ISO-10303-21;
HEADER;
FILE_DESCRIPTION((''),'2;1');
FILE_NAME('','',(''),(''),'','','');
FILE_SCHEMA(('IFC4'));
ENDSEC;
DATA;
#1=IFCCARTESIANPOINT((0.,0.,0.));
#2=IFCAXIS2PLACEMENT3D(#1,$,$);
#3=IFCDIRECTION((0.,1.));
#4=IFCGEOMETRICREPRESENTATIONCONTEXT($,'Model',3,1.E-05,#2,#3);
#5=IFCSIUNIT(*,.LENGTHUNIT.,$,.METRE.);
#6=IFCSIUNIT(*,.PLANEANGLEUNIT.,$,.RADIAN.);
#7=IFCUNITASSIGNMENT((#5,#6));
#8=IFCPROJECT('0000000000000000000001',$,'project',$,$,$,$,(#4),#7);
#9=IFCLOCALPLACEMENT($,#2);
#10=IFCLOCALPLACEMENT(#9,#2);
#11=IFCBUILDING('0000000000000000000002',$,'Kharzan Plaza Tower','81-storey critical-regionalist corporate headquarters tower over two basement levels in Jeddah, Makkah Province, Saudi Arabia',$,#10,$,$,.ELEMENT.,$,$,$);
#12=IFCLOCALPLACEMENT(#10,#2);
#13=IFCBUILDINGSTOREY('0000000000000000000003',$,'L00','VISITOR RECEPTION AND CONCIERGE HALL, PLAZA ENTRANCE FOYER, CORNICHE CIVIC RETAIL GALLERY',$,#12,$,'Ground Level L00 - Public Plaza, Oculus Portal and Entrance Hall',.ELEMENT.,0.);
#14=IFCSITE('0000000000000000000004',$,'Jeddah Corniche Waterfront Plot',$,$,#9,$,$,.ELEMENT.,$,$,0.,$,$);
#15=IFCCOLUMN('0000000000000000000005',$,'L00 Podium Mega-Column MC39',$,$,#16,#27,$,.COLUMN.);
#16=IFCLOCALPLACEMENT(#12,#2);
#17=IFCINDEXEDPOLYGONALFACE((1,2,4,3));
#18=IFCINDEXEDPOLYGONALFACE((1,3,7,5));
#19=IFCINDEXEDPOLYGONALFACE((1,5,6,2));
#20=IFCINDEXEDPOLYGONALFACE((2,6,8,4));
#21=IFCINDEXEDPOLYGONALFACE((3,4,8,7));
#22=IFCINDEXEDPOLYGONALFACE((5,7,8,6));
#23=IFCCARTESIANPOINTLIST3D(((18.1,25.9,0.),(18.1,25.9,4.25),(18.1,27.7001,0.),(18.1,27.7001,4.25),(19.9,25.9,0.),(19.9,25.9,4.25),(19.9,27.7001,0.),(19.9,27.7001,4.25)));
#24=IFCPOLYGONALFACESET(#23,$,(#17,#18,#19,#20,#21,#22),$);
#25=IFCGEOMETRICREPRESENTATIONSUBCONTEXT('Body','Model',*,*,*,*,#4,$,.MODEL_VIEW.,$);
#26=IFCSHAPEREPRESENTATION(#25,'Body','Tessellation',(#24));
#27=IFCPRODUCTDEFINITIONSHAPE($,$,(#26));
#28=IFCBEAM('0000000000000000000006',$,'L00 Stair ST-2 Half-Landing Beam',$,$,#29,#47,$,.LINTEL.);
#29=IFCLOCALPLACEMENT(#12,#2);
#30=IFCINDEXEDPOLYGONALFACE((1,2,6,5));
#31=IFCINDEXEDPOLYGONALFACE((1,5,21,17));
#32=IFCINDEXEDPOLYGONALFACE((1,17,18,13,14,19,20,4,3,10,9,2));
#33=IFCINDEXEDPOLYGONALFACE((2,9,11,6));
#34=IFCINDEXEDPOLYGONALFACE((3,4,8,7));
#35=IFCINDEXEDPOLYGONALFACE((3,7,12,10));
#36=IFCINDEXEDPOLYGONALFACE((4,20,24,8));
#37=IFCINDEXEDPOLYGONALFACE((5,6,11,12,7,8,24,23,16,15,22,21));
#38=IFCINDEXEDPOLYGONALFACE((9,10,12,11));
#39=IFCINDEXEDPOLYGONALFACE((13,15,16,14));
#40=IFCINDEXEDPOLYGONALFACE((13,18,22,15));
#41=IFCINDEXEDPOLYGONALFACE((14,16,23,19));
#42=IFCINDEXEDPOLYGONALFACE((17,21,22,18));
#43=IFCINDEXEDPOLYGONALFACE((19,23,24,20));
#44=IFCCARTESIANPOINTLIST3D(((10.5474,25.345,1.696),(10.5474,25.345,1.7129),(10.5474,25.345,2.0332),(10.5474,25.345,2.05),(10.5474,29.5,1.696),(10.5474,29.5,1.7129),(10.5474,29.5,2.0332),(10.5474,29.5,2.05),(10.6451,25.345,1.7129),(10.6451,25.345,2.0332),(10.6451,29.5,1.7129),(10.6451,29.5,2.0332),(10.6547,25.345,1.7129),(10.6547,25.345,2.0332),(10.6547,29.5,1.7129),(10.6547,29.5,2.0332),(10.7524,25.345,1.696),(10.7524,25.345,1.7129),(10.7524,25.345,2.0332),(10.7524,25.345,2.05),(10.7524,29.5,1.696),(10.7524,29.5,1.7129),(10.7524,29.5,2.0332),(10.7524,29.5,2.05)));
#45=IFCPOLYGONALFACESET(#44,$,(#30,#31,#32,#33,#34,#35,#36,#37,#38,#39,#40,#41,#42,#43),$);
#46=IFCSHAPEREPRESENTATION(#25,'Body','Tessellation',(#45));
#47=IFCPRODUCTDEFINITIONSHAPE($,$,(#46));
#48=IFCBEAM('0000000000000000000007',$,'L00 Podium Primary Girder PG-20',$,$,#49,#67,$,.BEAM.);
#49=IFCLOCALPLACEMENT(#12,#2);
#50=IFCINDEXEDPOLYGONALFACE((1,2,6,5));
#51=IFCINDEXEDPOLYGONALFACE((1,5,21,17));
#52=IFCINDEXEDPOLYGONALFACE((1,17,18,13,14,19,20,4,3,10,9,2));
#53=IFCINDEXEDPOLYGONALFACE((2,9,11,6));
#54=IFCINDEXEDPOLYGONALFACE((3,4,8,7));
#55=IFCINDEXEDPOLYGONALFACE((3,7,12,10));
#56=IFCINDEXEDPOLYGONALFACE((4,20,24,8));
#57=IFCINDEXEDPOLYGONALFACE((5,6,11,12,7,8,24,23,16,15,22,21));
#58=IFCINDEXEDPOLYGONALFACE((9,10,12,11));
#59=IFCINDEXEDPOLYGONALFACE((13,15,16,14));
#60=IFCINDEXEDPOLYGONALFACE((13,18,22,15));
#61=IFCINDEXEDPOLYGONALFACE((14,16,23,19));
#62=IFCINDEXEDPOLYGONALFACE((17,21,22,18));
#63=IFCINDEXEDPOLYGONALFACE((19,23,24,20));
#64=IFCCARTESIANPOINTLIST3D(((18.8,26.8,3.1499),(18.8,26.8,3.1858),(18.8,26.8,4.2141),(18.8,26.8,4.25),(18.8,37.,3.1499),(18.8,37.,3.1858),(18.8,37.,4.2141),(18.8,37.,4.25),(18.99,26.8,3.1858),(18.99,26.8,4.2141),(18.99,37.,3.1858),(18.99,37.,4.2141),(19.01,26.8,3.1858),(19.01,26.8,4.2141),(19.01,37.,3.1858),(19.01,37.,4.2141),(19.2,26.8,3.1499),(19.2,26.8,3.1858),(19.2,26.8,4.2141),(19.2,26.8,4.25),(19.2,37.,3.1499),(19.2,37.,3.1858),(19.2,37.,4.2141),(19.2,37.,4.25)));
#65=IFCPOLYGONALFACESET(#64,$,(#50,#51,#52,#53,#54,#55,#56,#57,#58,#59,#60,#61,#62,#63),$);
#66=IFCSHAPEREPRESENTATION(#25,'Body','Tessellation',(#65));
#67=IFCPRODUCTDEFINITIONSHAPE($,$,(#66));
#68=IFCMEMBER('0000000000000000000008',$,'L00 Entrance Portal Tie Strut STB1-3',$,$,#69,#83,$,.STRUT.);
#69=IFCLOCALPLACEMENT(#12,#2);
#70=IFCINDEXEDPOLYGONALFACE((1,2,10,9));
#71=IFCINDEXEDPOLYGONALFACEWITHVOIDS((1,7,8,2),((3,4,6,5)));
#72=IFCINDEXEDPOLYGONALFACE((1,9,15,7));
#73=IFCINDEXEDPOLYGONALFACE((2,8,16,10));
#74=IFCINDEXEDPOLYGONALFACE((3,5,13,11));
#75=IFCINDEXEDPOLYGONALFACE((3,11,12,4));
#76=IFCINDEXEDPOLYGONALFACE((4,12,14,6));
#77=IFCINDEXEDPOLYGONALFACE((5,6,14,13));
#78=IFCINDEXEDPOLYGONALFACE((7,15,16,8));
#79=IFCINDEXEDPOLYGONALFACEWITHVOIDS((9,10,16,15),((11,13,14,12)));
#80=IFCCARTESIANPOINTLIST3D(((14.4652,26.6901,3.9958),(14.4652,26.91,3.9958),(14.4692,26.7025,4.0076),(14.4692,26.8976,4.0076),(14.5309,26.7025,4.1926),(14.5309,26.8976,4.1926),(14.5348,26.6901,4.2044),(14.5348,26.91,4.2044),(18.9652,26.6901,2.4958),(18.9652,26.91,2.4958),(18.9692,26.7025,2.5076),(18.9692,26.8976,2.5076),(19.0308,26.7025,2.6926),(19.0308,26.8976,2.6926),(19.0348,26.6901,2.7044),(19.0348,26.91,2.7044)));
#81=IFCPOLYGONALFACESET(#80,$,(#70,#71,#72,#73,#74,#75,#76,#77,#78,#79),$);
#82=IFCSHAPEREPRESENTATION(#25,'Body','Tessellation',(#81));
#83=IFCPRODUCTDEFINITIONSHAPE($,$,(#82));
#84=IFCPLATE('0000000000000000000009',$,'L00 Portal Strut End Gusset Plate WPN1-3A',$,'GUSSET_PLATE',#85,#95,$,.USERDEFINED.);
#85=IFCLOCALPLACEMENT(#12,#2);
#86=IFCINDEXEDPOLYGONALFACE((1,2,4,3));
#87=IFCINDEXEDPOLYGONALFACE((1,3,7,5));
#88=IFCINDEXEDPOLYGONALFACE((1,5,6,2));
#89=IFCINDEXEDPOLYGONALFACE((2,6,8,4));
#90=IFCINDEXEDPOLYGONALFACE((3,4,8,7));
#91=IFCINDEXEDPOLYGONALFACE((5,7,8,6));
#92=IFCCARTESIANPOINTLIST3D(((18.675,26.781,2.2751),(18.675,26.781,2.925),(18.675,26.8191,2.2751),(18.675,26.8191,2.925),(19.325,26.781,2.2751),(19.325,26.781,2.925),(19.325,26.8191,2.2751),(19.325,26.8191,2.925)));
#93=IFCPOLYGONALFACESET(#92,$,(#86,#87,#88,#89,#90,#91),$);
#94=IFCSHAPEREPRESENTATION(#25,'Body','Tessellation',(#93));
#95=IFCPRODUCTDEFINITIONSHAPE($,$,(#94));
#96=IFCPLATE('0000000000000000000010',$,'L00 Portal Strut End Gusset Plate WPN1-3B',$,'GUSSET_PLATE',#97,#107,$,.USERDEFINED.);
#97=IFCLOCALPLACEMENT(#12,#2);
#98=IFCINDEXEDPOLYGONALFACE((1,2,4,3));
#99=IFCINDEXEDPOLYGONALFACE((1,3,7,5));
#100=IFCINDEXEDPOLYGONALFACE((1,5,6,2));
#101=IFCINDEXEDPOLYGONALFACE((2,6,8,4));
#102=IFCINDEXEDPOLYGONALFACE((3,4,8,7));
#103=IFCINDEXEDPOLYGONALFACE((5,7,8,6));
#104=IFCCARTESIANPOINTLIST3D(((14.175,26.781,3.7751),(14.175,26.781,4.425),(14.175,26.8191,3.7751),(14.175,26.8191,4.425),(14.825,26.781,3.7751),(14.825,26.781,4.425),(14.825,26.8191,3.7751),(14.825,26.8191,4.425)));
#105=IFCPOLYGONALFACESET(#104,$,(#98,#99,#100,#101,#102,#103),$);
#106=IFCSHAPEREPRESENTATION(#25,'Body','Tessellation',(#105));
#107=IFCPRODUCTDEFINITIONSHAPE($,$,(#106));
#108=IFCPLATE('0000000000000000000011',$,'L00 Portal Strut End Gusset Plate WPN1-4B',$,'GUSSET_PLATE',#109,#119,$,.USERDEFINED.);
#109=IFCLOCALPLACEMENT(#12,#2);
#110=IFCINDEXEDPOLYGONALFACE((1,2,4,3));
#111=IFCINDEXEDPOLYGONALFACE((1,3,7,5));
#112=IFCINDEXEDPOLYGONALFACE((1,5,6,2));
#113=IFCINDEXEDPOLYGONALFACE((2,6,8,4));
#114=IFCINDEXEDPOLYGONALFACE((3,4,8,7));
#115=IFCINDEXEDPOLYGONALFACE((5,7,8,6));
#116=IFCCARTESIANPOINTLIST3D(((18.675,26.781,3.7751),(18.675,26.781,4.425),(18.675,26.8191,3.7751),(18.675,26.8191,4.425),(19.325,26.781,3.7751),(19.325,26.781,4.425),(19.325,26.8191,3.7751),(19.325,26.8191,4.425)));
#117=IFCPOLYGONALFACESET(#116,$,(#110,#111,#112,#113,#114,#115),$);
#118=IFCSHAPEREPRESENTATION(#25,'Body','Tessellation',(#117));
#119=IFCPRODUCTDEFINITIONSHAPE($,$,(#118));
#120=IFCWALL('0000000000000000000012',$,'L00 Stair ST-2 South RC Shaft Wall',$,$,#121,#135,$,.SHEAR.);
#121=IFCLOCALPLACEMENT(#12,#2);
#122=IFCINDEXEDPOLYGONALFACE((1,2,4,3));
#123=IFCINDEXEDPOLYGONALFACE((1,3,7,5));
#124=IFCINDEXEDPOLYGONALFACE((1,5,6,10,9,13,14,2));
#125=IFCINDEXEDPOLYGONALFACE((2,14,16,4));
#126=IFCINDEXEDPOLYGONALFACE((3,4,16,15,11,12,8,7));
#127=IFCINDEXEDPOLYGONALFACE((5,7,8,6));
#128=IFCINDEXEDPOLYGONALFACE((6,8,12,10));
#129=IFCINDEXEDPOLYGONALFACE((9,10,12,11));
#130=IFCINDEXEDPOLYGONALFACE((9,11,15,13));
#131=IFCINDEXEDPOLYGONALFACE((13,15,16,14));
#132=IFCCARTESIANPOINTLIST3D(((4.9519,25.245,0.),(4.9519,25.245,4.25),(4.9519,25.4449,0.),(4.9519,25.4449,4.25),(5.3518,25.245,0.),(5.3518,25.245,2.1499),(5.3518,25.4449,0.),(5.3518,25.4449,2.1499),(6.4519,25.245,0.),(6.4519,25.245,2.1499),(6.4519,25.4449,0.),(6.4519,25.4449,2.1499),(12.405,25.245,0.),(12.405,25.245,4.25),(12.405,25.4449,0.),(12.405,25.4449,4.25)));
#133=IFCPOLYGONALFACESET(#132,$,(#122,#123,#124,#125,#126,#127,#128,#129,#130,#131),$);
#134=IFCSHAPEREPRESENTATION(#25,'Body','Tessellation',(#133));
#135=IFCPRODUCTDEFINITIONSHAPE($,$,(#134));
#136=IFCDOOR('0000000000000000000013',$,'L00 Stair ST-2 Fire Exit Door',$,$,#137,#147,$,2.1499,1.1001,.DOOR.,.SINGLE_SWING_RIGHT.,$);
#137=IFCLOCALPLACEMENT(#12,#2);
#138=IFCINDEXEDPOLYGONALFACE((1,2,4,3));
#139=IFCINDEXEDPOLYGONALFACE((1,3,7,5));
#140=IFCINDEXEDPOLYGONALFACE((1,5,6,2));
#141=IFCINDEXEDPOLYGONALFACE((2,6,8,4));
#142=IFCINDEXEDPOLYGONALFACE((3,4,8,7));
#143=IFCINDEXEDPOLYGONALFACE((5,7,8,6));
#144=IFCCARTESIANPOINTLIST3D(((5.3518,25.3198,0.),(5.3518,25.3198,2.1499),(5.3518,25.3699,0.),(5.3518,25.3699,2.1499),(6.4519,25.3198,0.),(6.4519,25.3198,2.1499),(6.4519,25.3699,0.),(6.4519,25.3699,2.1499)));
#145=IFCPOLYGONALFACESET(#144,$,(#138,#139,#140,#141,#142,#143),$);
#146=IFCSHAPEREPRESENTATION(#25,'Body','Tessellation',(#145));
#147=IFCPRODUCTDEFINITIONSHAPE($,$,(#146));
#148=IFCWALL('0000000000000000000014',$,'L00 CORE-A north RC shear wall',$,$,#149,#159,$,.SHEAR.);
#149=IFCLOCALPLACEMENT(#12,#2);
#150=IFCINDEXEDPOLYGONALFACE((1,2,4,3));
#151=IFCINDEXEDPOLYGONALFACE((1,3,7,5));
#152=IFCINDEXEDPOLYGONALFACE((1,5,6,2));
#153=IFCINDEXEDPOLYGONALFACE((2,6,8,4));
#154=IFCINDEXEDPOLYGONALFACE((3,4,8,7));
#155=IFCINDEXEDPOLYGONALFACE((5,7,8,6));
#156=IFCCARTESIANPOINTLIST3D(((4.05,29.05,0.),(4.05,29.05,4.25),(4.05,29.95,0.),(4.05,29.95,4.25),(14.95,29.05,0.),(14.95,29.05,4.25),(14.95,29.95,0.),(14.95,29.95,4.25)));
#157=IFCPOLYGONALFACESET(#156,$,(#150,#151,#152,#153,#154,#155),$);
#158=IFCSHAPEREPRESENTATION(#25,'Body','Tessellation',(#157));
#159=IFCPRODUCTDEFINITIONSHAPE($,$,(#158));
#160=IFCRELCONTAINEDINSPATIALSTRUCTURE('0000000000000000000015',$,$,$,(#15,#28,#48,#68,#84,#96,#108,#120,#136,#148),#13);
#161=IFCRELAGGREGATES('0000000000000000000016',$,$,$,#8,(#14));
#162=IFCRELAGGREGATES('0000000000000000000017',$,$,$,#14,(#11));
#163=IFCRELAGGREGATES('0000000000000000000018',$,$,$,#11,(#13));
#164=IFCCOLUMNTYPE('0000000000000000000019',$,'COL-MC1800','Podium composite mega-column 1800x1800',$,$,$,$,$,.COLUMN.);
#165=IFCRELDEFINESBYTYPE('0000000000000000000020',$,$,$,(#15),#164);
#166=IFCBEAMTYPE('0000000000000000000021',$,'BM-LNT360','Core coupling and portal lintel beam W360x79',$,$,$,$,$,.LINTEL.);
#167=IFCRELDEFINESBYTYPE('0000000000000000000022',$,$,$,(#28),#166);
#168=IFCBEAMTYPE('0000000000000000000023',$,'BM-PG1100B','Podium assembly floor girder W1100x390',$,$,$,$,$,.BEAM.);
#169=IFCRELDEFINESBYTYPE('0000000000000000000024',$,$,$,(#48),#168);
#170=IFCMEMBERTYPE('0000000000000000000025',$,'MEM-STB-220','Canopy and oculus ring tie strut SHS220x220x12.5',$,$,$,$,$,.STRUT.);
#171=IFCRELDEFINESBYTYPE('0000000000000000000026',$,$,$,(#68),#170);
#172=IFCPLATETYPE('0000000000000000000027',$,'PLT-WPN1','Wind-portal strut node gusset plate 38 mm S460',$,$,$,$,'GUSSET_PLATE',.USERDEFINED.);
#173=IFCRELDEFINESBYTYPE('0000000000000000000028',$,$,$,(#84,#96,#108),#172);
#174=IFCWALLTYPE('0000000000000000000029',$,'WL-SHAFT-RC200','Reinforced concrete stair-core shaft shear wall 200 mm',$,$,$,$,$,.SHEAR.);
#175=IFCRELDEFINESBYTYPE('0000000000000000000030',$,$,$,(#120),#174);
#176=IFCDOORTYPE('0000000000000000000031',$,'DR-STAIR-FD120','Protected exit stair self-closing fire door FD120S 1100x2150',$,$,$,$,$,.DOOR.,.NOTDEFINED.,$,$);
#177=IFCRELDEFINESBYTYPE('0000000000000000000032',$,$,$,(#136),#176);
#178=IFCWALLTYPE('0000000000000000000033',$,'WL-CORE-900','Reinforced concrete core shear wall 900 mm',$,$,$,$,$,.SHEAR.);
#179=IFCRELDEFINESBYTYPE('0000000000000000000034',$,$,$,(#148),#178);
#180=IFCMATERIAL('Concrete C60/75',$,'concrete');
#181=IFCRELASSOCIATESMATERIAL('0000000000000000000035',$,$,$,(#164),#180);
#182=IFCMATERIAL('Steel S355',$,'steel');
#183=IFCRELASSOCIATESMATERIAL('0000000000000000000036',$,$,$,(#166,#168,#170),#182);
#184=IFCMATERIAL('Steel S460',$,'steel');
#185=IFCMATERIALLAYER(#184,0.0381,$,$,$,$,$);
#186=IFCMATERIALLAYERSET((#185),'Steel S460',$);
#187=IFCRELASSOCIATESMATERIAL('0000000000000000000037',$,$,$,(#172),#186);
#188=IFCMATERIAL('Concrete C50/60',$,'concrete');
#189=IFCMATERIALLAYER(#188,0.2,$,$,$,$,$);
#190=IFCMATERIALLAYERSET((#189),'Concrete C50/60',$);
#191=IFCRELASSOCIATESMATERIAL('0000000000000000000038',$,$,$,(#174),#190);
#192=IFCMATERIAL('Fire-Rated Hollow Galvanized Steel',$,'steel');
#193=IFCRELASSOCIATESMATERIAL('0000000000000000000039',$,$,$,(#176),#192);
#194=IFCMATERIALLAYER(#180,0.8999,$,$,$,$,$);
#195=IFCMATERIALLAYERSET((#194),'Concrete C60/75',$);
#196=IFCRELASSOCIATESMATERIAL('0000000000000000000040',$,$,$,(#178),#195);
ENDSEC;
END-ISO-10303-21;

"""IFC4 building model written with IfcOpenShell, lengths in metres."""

from ifc_helpers import new_model, si_unit, direction, frame, frame_2d, origin, origin_2d, place, context, subcontext, project, spatial, rectangle, hollow_rectangle, i_section, extrude, source, transform, mapped, material, layer, layer_set, material_profile, profile_set, type_object, element, fill, save


model = new_model("IFC4")

# Units and contexts
model_context = context("Model", 3, precision=1e-05, world=origin(), true_north=direction((0.0, 1.0)))
body_context = subcontext(model_context, "Body", "Model", "MODEL_VIEW")
ifc_project = project(units=[si_unit("LENGTHUNIT", "METRE"), si_unit("PLANEANGLEUNIT", "RADIAN")], contexts=[model_context])

# Site, building, storey
site_placement = place(None, origin())
site = spatial("IfcSite", under=ifc_project, at=site_placement, Name="Jeddah Corniche Waterfront Plot", CompositionType="ELEMENT", RefElevation=0.0)
building_placement = place(site_placement, origin())
building = spatial("IfcBuilding", under=site, at=building_placement, Name="Kharzan Plaza Tower", Description="81-storey critical-regionalist corporate headquarters tower over two basement levels in Jeddah, Makkah Province, Saudi Arabia", CompositionType="ELEMENT")
storey_placement = place(building_placement, origin())
storey = spatial("IfcBuildingStorey", under=building, at=storey_placement, Name="L00", Description="VISITOR RECEPTION AND CONCIERGE HALL, PLAZA ENTRANCE FOYER, CORNICHE CIVIC RETAIL GALLERY", LongName="Ground Level L00 - Public Plaza, Oculus Portal and Entrance Hall", CompositionType="ELEMENT", Elevation=0.0)

# Column
ifc_material_1 = material(Name="Concrete C60/75", Category="concrete")
ifc_material_profile_1 = material_profile(ifc_material_1, rectangle(XDim=1.8, YDim=1.8, at=origin_2d()), Name="RC-MC1800x1800")
ifc_profile_set_1 = profile_set([ifc_material_profile_1], Name="Concrete C60/75")
column_type = type_object("IfcColumnType", Name="COL-MC1800", Description="Podium composite mega-column 1800x1800", PredefinedType="COLUMN", material=ifc_profile_set_1)
shared_shape_1 = source(origin(), body_context, "Body", "SweptSolid", [
    extrude(rectangle(XDim=1.8, YDim=1.8, at=origin_2d()), origin(), (0.0, 0.0, 1.0), 4.25),
])
column_placement = place(storey_placement, frame((19.0, 26.8, 0.0), z_axis=(0.0, 0.0, 1.0), x_axis=(1.0, 0.0, 0.0)))
element("IfcColumn", 1, at=column_placement, inside=storey, type_object=column_type, Name="L00 Podium Mega-Column MC39", PredefinedType="COLUMN", context=body_context, shape_type="MappedRepresentation", body=[
    mapped(shared_shape_1, transform((0.0, 0.0, 0.0), x_axis=(1.0, 0.0, 0.0), y_axis=(0.0, 1.0, 0.0), z_axis=(0.0, 0.0, 1.0))),
])

# Beams
ifc_material_2 = material(Name="Steel S355", Category="steel")
ifc_material_profile_2 = material_profile(ifc_material_2, i_section(OverallWidth=0.2051, OverallDepth=0.354, WebThickness=0.0095, FlangeThickness=0.0168, at=origin_2d()), Name="W360x79")
ifc_profile_set_2 = profile_set([ifc_material_profile_2], Name="Steel S355")
beam_type_1 = type_object("IfcBeamType", Name="BM-LNT360", Description="Core coupling and portal lintel beam W360x79", PredefinedType="LINTEL", material=ifc_profile_set_2)
shared_shape_2 = source(origin(), body_context, "Body", "SweptSolid", [
    extrude(i_section(OverallWidth=0.2051, OverallDepth=0.354, WebThickness=0.0095, FlangeThickness=0.0168, at=origin_2d()), origin(), (0.0, 0.0, 1.0), 4.155),
])
beam_1_placement = place(storey_placement, frame((10.6499, 25.345, 1.873), z_axis=(0.0, 1.0, 0.0), x_axis=(-1.0, 0.0, 0.0)))
element("IfcBeam", 2, at=beam_1_placement, inside=storey, type_object=beam_type_1, Name="L00 Stair ST-2 Half-Landing Beam", PredefinedType="LINTEL", context=body_context, shape_type="MappedRepresentation", body=[
    mapped(shared_shape_2, transform((0.0, 0.0, 0.0), x_axis=(1.0, 0.0, 0.0), y_axis=(0.0, 1.0, 0.0), z_axis=(0.0, 0.0, 1.0))),
])
ifc_material_profile_3 = material_profile(ifc_material_2, i_section(OverallWidth=0.3999, OverallDepth=1.1001, WebThickness=0.02, FlangeThickness=0.0359, at=origin_2d()), Name="W1100x390")
ifc_profile_set_3 = profile_set([ifc_material_profile_3], Name="Steel S355")
beam_type_2 = type_object("IfcBeamType", Name="BM-PG1100B", Description="Podium assembly floor girder W1100x390", PredefinedType="BEAM", material=ifc_profile_set_3)
shared_shape_3 = source(origin(), body_context, "Body", "SweptSolid", [
    extrude(i_section(OverallWidth=0.3999, OverallDepth=1.1001, WebThickness=0.02, FlangeThickness=0.0359, at=origin_2d()), origin(), (0.0, 0.0, 1.0), 10.2),
])
beam_2_placement = place(storey_placement, frame((19.0, 26.8, 3.7), z_axis=(0.0, 1.0, 0.0), x_axis=(-1.0, 0.0, 0.0)))
element("IfcBeam", 3, at=beam_2_placement, inside=storey, type_object=beam_type_2, Name="L00 Podium Primary Girder PG-20", PredefinedType="BEAM", context=body_context, shape_type="MappedRepresentation", body=[
    mapped(shared_shape_3, transform((0.0, 0.0, 0.0), x_axis=(1.0, 0.0, 0.0), y_axis=(0.0, 1.0, 0.0), z_axis=(0.0, 0.0, 1.0))),
])

# Member
ifc_material_profile_4 = material_profile(ifc_material_2, hollow_rectangle(XDim=0.22, YDim=0.22, WallThickness=0.0125, at=origin_2d()), Name="SHS220x220x12.5")
ifc_profile_set_4 = profile_set([ifc_material_profile_4], Name="Steel S355")
member_type = type_object("IfcMemberType", Name="MEM-STB-220", Description="Canopy and oculus ring tie strut SHS220x220x12.5", PredefinedType="STRUT", material=ifc_profile_set_4)
shared_shape_4 = source(origin(), body_context, "Body", "SweptSolid", [
    extrude(hollow_rectangle(XDim=0.22, YDim=0.22, WallThickness=0.0125, at=origin_2d()), origin(), (0.0, 0.0, 1.0), 4.7434),
])
member_placement = place(storey_placement, frame((19.0, 26.8, 2.6001), z_axis=(-0.948683, 0.0, 0.316228), x_axis=(0.0, -1.0, 0.0)))
element("IfcMember", 4, at=member_placement, inside=storey, type_object=member_type, Name="L00 Entrance Portal Tie Strut STB1-3", PredefinedType="STRUT", context=body_context, shape_type="MappedRepresentation", body=[
    mapped(shared_shape_4, transform((0.0, 0.0, 0.0), x_axis=(1.0, 0.0, 0.0), y_axis=(0.0, 1.0, 0.0), z_axis=(0.0, 0.0, 1.0))),
])

# Plates
ifc_material_3 = material(Name="Steel S460", Category="steel")
ifc_layer_1 = layer(ifc_material_3, 0.0381)
ifc_layer_set_1 = layer_set([ifc_layer_1], Name="Steel S460")
plate_type = type_object("IfcPlateType", Name="PLT-WPN1", Description="Wind-portal strut node gusset plate 38 mm S460", ElementType="GUSSET_PLATE", PredefinedType="USERDEFINED", material=ifc_layer_set_1)
shared_shape_5 = source(origin(), body_context, "Body", "SweptSolid", [
    extrude(rectangle(XDim=0.6499, YDim=0.0381, at=origin_2d()), origin(), (0.0, 0.0, 1.0), 0.6499),
])
for number, where, z_axis, x_axis, name in (
    (5, (19.0, 26.8, 2.2751), (0.0, 0.0, 1.0), (1.0, 0.0, 0.0), "L00 Portal Strut End Gusset Plate WPN1-3A"),
    (6, (14.5, 26.8, 3.7751), (0.0, 0.0, 1.0), (1.0, 0.0, 0.0), "L00 Portal Strut End Gusset Plate WPN1-3B"),
    (7, (19.0, 26.8, 3.7751), (0.0, 0.0, 1.0), (1.0, 0.0, 0.0), "L00 Portal Strut End Gusset Plate WPN1-4B"),
):
    element("IfcPlate", number, at=place(storey_placement, frame(where, z_axis=z_axis, x_axis=x_axis)), inside=storey, type_object=plate_type, Name=name, ObjectType="GUSSET_PLATE", PredefinedType="USERDEFINED", context=body_context, shape_type="MappedRepresentation", body=[
        mapped(shared_shape_5, transform((0.0, 0.0, 0.0), x_axis=(1.0, 0.0, 0.0), y_axis=(0.0, 1.0, 0.0), z_axis=(0.0, 0.0, 1.0))),
    ])

# Wall, opening, door
ifc_material_4 = material(Name="Concrete C50/60", Category="concrete")
ifc_layer_2 = layer(ifc_material_4, 0.2)
ifc_layer_set_2 = layer_set([ifc_layer_2], Name="Concrete C50/60")
wall_type_1 = type_object("IfcWallType", Name="WL-SHAFT-RC200", Description="Reinforced concrete stair-core shaft shear wall 200 mm", PredefinedType="SHEAR", material=ifc_layer_set_2)
wall_1_placement = place(storey_placement, frame((4.9519, 25.345, 0.0), z_axis=(0.0, 0.0, 1.0), x_axis=(1.0, 0.0, 0.0)))
wall_1 = element("IfcWall", 8, at=wall_1_placement, inside=storey, type_object=wall_type_1, Name="L00 Stair ST-2 South RC Shaft Wall", PredefinedType="SHEAR", context=body_context, shape_type="SweptSolid", body=[
    extrude(rectangle(XDim=7.4531, YDim=0.2, at=frame_2d((3.7266, 0.0))), origin(), (0.0, 0.0, 1.0), 4.25),
])
opening_placement = place(wall_1_placement, frame((0.3999, 0.0, 0.0)))
opening = element("IfcOpeningElement", 9, at=opening_placement, cuts=wall_1, PredefinedType="OPENING", context=body_context, shape_type="SweptSolid", body=[
    extrude(rectangle(XDim=1.1001, YDim=2.1499, at=frame_2d((0.55, 1.075))), frame((0.0, 0.1099, 0.0), z_axis=(0.0, -1.0, 0.0), x_axis=(1.0, 0.0, 0.0)), (0.0, 0.0, 1.0), 0.22),
])
ifc_material_5 = material(Name="Fire-Rated Hollow Galvanized Steel", Category="steel")
door_type = type_object("IfcDoorType", Name="DR-STAIR-FD120", Description="Protected exit stair self-closing fire door FD120S 1100x2150", OperationType="NOTDEFINED", PredefinedType="DOOR", material=ifc_material_5)
shared_shape_6 = source(origin(), body_context, "Body", "SweptSolid", [
    extrude(rectangle(XDim=1.1001, YDim=2.1499, at=frame_2d((0.55, 1.075))), frame((0.0, 0.0249, 0.0), z_axis=(0.0, -1.0, 0.0), x_axis=(1.0, 0.0, 0.0)), (0.0, 0.0, 1.0), 0.05),
])
door_placement = place(opening_placement, origin())
door = element("IfcDoor", 10, at=door_placement, inside=storey, type_object=door_type, Name="L00 Stair ST-2 Fire Exit Door", OperationType="SINGLE_SWING_RIGHT", OverallHeight=2.1499, OverallWidth=1.1001, PredefinedType="DOOR", context=body_context, shape_type="MappedRepresentation", body=[
    mapped(shared_shape_6, transform((0.0, 0.0, 0.0), x_axis=(1.0, 0.0, 0.0), y_axis=(0.0, 1.0, 0.0), z_axis=(0.0, 0.0, 1.0))),
])
fill(opening, door)

# Wall
ifc_layer_3 = layer(ifc_material_1, 0.8999)
ifc_layer_set_3 = layer_set([ifc_layer_3], Name="Concrete C60/75")
wall_type_2 = type_object("IfcWallType", Name="WL-CORE-900", Description="Reinforced concrete core shear wall 900 mm", PredefinedType="SHEAR", material=ifc_layer_set_3)
shared_shape_7 = source(origin(), body_context, "Body", "SweptSolid", [
    extrude(rectangle(XDim=10.8999, YDim=0.8999, at=frame_2d((5.45, 0.0))), origin(), (0.0, 0.0, 1.0), 4.25),
])
wall_2_placement = place(storey_placement, frame((4.05, 29.5, 0.0), z_axis=(0.0, 0.0, 1.0), x_axis=(1.0, 0.0, 0.0)))
element("IfcWall", 11, at=wall_2_placement, inside=storey, type_object=wall_type_2, Name="L00 CORE-A north RC shear wall", PredefinedType="SHEAR", context=body_context, shape_type="MappedRepresentation", body=[
    mapped(shared_shape_7, transform((0.0, 0.0, 0.0), x_axis=(1.0, 0.0, 0.0), y_axis=(0.0, 1.0, 0.0), z_axis=(0.0, 0.0, 1.0))),
])

save(model, "model.ifc")
